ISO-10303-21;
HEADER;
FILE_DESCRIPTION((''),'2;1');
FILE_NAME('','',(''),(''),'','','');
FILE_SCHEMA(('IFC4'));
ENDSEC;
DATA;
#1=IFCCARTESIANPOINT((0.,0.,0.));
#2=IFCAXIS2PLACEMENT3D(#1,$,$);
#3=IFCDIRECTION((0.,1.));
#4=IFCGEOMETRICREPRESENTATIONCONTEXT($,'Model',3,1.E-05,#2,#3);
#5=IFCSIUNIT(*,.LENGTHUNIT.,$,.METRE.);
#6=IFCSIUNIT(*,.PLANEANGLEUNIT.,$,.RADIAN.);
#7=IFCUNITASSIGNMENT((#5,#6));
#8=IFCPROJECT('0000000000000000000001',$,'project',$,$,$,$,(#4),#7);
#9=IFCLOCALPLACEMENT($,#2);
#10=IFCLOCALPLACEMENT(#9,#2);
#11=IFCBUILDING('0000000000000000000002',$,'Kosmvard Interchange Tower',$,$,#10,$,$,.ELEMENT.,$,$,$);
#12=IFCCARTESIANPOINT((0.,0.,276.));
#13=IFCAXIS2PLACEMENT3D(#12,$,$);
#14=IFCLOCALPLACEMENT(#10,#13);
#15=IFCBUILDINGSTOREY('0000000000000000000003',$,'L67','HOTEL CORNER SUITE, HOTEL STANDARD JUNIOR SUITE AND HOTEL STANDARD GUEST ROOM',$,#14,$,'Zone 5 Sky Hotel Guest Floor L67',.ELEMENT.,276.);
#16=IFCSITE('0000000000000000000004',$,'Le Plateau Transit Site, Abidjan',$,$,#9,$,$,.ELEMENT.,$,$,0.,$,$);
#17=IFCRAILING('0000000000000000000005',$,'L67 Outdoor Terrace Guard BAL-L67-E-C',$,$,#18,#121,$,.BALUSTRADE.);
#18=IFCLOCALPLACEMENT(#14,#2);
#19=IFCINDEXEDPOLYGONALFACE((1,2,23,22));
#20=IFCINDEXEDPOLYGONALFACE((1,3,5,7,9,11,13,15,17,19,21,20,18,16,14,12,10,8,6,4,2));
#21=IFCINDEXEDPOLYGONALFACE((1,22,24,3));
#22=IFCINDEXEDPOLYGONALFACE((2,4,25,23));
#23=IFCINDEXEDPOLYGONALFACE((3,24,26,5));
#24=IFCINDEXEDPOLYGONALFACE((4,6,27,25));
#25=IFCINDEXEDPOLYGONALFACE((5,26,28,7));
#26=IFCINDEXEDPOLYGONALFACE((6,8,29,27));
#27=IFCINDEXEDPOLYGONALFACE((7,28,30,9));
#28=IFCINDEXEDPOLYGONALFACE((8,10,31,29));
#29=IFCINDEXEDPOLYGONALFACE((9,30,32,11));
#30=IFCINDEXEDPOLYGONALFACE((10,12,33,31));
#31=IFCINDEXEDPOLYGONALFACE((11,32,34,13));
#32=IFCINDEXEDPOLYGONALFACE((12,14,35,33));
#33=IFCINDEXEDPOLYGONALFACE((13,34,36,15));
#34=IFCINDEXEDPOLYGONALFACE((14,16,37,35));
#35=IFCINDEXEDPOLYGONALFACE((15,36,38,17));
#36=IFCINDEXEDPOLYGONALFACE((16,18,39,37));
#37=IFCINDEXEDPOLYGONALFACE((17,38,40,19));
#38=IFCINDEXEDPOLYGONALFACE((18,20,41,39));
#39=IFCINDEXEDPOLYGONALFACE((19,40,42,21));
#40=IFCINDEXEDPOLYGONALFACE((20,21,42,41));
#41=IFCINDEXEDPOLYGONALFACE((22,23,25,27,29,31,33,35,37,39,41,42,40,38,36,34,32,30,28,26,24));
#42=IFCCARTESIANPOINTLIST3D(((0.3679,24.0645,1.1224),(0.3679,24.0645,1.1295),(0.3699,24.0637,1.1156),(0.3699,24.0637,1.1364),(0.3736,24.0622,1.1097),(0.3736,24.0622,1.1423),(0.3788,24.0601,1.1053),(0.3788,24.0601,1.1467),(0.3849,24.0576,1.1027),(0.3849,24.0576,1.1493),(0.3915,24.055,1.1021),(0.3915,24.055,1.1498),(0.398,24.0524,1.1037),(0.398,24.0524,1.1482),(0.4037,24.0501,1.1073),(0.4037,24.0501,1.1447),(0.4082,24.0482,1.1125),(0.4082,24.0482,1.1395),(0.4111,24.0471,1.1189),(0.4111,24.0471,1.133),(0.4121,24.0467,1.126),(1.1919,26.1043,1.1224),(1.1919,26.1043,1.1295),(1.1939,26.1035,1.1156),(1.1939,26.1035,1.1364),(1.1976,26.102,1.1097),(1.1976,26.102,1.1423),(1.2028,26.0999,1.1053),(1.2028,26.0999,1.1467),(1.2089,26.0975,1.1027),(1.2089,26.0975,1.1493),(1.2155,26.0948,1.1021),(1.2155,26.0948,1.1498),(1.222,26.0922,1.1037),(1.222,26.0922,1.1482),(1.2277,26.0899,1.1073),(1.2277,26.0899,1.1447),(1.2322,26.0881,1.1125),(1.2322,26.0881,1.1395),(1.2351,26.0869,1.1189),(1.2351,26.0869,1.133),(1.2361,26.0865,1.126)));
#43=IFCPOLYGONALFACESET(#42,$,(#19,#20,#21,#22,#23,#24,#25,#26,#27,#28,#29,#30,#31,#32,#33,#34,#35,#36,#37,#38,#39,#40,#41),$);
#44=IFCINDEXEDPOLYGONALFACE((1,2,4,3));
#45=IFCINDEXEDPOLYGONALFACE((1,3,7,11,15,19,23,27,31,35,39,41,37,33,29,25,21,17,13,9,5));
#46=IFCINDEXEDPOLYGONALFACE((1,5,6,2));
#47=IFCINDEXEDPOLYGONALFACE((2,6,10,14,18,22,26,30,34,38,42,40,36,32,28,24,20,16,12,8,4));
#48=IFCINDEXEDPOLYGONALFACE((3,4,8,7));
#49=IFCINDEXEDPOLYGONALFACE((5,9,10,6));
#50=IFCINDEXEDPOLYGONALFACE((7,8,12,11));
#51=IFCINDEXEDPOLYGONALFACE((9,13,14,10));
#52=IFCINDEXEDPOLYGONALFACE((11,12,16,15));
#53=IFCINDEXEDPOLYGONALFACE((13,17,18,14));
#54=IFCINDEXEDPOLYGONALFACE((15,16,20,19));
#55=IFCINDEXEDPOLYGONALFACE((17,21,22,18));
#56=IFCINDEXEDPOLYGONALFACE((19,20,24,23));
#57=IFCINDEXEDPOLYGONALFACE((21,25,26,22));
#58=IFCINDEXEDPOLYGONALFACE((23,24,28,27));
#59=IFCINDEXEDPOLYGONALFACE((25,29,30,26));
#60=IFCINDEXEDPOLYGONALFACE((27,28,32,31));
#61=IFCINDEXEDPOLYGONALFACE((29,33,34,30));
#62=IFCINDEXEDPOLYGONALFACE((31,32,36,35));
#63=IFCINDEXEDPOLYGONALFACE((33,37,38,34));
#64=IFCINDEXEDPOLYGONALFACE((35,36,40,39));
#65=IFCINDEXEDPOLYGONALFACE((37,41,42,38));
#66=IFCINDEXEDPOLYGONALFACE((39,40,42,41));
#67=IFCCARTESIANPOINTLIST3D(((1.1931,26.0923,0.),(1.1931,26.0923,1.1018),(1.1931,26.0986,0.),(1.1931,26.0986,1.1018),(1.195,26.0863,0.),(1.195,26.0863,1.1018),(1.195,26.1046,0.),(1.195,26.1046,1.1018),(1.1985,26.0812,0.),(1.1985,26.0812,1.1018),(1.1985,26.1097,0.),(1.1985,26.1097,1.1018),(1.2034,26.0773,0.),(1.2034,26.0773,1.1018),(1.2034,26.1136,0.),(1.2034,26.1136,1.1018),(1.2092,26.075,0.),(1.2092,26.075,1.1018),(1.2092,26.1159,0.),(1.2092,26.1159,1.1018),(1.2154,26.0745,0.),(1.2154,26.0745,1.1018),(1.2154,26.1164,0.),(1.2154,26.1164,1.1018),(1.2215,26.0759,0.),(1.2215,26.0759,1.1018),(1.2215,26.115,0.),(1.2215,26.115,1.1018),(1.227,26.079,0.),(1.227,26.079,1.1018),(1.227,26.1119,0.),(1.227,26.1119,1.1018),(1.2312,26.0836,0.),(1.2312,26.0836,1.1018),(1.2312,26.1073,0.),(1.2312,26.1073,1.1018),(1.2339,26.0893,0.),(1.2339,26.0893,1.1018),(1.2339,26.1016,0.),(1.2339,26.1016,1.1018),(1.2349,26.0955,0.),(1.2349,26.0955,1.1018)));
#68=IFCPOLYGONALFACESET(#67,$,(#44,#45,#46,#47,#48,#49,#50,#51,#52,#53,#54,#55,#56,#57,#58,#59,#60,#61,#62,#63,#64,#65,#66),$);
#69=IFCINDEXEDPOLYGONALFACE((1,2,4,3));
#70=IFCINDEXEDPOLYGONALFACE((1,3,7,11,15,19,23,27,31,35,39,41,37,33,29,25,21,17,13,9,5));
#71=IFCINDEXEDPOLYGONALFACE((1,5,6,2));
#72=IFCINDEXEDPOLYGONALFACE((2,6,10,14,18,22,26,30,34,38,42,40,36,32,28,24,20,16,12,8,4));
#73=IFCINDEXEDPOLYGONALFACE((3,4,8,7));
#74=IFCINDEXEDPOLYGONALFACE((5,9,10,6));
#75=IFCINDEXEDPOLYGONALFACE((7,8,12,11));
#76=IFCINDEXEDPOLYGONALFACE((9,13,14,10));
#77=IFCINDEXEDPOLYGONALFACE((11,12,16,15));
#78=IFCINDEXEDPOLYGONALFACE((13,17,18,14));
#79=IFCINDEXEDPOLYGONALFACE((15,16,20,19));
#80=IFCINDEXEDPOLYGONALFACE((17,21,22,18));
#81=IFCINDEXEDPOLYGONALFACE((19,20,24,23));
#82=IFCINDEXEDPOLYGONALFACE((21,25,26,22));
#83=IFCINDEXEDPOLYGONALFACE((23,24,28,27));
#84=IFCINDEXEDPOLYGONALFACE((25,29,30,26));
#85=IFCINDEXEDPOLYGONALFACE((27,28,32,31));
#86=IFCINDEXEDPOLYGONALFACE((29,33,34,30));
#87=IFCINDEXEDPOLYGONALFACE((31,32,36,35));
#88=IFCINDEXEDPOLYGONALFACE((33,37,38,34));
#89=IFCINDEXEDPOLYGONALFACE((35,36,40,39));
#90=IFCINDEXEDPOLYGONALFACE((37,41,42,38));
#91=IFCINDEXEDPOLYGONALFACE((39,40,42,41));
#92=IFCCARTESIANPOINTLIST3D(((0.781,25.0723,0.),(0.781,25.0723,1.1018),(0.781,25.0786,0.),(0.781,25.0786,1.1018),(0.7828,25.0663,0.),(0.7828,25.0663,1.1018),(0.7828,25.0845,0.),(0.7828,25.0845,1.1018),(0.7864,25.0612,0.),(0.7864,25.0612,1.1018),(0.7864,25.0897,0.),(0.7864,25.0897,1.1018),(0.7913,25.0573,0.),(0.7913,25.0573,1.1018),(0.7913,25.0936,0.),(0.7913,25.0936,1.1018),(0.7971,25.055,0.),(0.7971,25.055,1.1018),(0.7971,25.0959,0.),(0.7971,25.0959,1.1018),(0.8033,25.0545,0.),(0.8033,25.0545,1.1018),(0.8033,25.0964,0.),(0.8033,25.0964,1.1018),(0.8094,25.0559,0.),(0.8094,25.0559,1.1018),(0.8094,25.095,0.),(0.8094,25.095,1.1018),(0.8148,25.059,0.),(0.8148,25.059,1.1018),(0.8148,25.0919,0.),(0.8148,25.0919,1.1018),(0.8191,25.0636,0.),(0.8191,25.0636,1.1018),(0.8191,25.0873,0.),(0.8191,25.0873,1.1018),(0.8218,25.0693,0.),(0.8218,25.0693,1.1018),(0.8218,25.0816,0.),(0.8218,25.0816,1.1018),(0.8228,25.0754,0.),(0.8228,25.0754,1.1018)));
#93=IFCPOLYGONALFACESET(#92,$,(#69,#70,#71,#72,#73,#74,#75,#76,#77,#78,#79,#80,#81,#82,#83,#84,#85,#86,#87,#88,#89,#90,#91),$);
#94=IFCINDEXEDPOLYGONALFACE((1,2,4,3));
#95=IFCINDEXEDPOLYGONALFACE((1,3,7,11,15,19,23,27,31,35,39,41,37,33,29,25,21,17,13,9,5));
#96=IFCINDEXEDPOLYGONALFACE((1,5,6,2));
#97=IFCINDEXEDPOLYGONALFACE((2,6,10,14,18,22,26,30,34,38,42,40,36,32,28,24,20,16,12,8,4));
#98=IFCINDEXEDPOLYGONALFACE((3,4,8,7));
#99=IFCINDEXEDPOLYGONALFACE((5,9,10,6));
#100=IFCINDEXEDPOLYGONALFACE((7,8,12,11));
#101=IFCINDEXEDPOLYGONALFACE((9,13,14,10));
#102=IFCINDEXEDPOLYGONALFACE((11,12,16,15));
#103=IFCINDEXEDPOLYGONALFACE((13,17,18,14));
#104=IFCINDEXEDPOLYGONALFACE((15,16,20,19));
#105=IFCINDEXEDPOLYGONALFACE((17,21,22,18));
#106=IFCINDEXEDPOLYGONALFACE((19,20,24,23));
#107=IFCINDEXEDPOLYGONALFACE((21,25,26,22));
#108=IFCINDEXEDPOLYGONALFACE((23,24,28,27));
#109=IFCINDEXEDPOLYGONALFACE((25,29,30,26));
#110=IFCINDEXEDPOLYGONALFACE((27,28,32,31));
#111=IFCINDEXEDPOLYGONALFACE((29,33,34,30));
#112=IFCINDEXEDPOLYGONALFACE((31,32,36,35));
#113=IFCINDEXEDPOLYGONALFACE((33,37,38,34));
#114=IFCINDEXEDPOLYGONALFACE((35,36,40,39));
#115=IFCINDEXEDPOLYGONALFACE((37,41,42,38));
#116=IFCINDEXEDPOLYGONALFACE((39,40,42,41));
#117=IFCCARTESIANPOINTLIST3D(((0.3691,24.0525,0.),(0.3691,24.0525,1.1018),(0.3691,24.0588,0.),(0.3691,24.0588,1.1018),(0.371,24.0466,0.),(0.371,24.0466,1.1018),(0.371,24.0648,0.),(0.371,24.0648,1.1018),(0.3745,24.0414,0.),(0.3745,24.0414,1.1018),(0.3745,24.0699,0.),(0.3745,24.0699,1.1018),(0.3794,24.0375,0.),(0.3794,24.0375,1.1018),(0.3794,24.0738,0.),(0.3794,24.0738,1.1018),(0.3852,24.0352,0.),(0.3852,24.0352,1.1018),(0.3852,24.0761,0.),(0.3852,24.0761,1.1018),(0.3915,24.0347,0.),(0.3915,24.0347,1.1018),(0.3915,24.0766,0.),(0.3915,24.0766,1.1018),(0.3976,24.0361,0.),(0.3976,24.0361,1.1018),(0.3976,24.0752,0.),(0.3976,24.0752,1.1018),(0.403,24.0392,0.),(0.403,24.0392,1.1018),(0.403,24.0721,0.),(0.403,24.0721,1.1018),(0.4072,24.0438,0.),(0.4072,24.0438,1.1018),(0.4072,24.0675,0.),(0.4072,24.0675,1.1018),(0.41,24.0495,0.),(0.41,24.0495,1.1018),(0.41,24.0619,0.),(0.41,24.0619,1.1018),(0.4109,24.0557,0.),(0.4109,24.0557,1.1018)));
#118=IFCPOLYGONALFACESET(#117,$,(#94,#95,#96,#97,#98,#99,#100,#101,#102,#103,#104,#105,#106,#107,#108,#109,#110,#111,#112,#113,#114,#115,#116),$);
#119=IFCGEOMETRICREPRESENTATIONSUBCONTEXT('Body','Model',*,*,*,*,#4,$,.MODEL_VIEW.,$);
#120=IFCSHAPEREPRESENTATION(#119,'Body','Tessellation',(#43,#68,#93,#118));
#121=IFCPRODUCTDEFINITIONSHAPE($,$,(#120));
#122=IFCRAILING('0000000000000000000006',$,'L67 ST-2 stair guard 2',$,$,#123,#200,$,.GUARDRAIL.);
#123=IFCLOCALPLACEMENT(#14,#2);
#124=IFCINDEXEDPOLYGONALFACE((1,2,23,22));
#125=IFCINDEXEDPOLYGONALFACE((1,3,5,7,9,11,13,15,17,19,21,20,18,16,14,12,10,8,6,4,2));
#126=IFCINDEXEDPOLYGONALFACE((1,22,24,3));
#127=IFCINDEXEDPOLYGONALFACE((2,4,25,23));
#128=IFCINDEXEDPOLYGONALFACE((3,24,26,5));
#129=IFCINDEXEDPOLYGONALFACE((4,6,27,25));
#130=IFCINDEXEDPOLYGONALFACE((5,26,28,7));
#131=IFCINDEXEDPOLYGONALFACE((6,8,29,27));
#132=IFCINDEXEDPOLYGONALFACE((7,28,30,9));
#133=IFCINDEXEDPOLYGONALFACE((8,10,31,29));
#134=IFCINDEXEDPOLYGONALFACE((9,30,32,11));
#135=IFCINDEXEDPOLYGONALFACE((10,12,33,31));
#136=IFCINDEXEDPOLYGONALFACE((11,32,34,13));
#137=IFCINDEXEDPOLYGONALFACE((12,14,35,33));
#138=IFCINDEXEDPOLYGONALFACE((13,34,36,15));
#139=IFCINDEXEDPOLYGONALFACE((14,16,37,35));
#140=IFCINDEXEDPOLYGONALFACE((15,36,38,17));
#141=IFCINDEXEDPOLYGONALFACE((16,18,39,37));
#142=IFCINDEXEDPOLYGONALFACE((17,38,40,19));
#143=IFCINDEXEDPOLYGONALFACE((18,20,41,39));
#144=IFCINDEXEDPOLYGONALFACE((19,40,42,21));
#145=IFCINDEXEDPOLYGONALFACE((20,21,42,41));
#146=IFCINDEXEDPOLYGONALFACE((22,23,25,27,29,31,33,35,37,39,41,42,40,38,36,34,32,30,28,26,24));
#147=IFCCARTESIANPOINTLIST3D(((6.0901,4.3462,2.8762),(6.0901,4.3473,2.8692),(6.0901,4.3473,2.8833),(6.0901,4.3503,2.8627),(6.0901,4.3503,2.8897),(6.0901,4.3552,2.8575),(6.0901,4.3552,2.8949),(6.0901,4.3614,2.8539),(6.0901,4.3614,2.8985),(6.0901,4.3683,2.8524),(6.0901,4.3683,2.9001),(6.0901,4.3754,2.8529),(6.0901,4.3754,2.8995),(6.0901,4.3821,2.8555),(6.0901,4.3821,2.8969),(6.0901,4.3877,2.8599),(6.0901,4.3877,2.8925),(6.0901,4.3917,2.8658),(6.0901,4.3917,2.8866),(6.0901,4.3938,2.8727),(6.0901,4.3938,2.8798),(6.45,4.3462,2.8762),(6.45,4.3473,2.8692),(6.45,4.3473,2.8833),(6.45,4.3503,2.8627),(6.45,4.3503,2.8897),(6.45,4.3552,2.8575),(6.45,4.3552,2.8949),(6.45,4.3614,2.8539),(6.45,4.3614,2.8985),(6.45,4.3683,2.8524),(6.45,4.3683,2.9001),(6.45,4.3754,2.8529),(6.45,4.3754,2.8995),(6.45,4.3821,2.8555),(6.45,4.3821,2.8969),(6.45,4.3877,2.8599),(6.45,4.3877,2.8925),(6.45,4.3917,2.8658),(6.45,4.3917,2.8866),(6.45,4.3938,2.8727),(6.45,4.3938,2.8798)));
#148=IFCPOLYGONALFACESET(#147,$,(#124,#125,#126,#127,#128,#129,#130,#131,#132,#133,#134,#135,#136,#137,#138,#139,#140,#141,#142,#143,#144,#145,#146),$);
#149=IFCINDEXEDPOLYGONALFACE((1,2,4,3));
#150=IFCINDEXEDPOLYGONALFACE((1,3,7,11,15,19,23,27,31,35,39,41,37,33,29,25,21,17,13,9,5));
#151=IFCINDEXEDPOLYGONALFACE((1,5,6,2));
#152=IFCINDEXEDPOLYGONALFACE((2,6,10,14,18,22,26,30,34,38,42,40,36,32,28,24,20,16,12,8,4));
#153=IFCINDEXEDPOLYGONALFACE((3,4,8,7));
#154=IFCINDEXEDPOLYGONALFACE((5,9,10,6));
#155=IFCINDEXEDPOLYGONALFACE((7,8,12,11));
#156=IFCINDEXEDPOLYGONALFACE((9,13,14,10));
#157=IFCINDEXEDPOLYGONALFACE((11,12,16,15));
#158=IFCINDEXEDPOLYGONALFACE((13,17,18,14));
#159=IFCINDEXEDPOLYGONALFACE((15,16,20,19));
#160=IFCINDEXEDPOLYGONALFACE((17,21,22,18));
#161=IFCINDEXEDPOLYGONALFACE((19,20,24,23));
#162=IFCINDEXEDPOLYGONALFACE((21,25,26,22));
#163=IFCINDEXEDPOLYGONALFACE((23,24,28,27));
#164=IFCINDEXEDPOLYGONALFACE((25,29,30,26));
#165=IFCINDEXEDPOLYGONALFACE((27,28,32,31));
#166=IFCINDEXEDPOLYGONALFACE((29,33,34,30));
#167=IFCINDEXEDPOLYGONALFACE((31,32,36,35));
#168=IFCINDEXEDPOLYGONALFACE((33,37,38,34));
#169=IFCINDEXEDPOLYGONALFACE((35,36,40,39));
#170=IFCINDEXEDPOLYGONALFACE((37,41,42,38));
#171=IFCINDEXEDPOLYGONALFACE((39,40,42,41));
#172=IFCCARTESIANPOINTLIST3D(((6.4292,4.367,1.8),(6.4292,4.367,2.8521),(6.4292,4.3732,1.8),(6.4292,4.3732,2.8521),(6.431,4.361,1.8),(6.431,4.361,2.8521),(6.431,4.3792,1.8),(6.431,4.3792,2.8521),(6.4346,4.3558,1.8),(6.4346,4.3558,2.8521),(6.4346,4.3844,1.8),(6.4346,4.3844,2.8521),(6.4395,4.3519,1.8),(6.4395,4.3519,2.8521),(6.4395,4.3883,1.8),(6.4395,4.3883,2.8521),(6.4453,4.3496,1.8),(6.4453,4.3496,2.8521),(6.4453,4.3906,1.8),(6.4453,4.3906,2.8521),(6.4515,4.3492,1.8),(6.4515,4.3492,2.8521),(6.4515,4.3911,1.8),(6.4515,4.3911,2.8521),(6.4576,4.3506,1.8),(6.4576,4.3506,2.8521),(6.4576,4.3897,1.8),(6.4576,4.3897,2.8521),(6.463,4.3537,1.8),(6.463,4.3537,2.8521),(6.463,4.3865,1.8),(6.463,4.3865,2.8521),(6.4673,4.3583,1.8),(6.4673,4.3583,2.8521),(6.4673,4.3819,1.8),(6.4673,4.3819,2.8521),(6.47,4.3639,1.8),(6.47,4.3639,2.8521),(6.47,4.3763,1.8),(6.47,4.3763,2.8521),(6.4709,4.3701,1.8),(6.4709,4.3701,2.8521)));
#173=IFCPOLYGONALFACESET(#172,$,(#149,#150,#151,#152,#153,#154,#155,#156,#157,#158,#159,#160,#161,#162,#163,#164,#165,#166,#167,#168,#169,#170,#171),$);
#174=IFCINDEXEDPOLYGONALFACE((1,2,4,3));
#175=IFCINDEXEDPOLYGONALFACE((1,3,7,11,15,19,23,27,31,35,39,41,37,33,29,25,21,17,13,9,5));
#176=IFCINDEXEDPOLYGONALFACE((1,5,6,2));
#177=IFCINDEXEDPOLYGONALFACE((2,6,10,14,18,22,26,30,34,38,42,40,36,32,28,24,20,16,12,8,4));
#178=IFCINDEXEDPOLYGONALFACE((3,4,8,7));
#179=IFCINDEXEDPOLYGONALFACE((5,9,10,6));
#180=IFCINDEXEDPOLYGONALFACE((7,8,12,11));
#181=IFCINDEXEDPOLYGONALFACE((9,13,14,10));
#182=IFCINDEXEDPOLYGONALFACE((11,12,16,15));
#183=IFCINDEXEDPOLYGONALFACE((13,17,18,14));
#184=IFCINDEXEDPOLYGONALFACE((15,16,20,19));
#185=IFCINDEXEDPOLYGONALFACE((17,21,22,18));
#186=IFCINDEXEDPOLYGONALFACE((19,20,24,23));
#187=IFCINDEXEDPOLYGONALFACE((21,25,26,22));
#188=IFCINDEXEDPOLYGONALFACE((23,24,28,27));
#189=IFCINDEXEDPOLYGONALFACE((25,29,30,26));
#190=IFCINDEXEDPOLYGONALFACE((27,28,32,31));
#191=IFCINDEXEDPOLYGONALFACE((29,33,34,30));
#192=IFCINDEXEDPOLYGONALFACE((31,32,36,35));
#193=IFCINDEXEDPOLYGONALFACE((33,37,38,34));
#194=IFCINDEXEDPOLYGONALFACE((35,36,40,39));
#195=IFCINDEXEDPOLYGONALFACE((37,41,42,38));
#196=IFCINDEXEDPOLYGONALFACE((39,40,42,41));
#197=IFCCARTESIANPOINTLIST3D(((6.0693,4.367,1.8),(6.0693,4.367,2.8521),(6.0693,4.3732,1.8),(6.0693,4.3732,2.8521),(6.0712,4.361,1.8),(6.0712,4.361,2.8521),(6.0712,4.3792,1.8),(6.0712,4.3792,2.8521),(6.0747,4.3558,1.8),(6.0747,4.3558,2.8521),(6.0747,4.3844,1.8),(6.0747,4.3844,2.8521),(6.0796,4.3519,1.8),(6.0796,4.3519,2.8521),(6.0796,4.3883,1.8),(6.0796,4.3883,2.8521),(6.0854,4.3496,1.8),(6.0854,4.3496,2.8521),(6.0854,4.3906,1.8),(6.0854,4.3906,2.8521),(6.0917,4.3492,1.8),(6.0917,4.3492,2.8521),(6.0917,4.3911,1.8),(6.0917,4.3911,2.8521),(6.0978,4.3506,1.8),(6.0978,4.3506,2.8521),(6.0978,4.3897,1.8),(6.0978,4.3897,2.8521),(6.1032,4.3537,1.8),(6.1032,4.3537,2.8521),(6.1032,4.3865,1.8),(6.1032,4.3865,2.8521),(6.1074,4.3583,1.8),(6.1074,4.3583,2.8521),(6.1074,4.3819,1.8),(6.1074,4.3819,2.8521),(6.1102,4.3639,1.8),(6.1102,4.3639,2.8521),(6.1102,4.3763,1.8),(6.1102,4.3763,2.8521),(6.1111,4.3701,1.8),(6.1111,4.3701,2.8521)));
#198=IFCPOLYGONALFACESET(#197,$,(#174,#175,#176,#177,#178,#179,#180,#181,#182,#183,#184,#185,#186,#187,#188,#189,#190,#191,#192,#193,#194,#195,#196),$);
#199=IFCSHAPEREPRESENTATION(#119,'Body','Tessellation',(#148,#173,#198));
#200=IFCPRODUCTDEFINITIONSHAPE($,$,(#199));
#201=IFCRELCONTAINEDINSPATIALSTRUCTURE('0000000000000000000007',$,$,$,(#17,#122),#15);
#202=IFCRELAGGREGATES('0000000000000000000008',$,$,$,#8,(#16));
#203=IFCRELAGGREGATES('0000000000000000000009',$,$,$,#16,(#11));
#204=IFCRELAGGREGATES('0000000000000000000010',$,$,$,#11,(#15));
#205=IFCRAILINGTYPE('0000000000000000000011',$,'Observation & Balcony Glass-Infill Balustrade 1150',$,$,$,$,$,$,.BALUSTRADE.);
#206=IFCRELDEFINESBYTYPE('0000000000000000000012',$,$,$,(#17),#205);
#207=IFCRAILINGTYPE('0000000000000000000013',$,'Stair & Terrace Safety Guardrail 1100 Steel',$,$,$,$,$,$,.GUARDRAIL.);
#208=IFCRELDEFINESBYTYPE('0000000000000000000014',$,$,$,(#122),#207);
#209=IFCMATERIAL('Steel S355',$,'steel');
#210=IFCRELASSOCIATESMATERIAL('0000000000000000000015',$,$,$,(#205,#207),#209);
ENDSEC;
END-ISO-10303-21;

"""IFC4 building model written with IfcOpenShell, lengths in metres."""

from ifc_helpers import new_model, si_unit, direction, frame, origin, origin_2d, place, context, subcontext, project, spatial, circle, extrude, source, transform, mapped, material, type_object, element, save


model = new_model("IFC4")

# Units and contexts
model_context = context("Model", 3, precision=1e-05, world=origin(), true_north=direction((0.0, 1.0)))
body_context = subcontext(model_context, "Body", "Model", "MODEL_VIEW")
ifc_project = project(units=[si_unit("LENGTHUNIT", "METRE"), si_unit("PLANEANGLEUNIT", "RADIAN")], contexts=[model_context])

# Site, building, storey
site_placement = place(None, origin())
site = spatial("IfcSite", under=ifc_project, at=site_placement, Name="Le Plateau Transit Site, Abidjan", CompositionType="ELEMENT", RefElevation=0.0)
building_placement = place(site_placement, origin())
building = spatial("IfcBuilding", under=site, at=building_placement, Name="Kosmvard Interchange Tower", CompositionType="ELEMENT")
storey_placement = place(building_placement, frame((0.0, 0.0, 276.0)))
storey = spatial("IfcBuildingStorey", under=building, at=storey_placement, Name="L67", Description="HOTEL CORNER SUITE, HOTEL STANDARD JUNIOR SUITE AND HOTEL STANDARD GUEST ROOM", LongName="Zone 5 Sky Hotel Guest Floor L67", CompositionType="ELEMENT", Elevation=276.0)

# Shared definitions
ifc_material_1 = material(Name="Steel S355", Category="steel")

# Railings
railing_type_1 = type_object("IfcRailingType", Name="Observation & Balcony Glass-Infill Balustrade 1150", PredefinedType="BALUSTRADE", material=ifc_material_1)
shared_shape_1 = source(origin(), body_context, "Body", "SweptSolid", [
    extrude(circle(Radius=0.0239, at=origin_2d()), frame((0.0, 0.0, 1.126), z_axis=(-0.374546, -0.927208, 0.0), x_axis=(0.927208, -0.374546, 0.0)), (0.0, 0.0, 1.0), 2.2),
    extrude(circle(Radius=0.021, at=origin_2d()), origin(), (0.0, 0.0, 1.0), 1.1018),
    extrude(circle(Radius=0.021, at=origin_2d()), frame((-0.4121, -1.02, 0.0)), (0.0, 0.0, 1.0), 1.1018),
    extrude(circle(Radius=0.021, at=origin_2d()), frame((-0.824, -2.0398, 0.0)), (0.0, 0.0, 1.0), 1.1018),
])
railing_1_placement = place(storey_placement, frame((1.2139, 26.0955, 0.0)))
element("IfcRailing", 1, at=railing_1_placement, inside=storey, type_object=railing_type_1, Name="L67 Outdoor Terrace Guard BAL-L67-E-C", PredefinedType="BALUSTRADE", context=body_context, shape_type="MappedRepresentation", body=[
    mapped(shared_shape_1, transform((0.0, 0.0, 0.0), scale=1.0)),
])
railing_type_2 = type_object("IfcRailingType", Name="Stair & Terrace Safety Guardrail 1100 Steel", PredefinedType="GUARDRAIL", material=ifc_material_1)
shared_shape_2 = source(origin(), body_context, "Body", "SweptSolid", [
    extrude(circle(Radius=0.0239, at=origin_2d()), frame((0.0, 0.0, 1.0762), z_axis=(-1.0, 0.0, 0.0), x_axis=(0.0, -1.0, 0.0)), (0.0, 0.0, 1.0), 0.3599),
    extrude(circle(Radius=0.021, at=origin_2d()), origin(), (0.0, 0.0, 1.0), 1.052),
    extrude(circle(Radius=0.021, at=origin_2d()), frame((-0.3599, 0.0, 0.0)), (0.0, 0.0, 1.0), 1.052),
])
for number, where, name in (
    (2, (6.45, 4.3701, 1.8), "L67 ST-2 stair guard 2"),
):
    element("IfcRailing", number, at=place(storey_placement, frame(where)), inside=storey, type_object=railing_type_2, Name=name, PredefinedType="GUARDRAIL", context=body_context, shape_type="MappedRepresentation", body=[
        mapped(shared_shape_2, transform((0.0, 0.0, 0.0), scale=1.0)),
    ])

save(model, "model.ifc")
